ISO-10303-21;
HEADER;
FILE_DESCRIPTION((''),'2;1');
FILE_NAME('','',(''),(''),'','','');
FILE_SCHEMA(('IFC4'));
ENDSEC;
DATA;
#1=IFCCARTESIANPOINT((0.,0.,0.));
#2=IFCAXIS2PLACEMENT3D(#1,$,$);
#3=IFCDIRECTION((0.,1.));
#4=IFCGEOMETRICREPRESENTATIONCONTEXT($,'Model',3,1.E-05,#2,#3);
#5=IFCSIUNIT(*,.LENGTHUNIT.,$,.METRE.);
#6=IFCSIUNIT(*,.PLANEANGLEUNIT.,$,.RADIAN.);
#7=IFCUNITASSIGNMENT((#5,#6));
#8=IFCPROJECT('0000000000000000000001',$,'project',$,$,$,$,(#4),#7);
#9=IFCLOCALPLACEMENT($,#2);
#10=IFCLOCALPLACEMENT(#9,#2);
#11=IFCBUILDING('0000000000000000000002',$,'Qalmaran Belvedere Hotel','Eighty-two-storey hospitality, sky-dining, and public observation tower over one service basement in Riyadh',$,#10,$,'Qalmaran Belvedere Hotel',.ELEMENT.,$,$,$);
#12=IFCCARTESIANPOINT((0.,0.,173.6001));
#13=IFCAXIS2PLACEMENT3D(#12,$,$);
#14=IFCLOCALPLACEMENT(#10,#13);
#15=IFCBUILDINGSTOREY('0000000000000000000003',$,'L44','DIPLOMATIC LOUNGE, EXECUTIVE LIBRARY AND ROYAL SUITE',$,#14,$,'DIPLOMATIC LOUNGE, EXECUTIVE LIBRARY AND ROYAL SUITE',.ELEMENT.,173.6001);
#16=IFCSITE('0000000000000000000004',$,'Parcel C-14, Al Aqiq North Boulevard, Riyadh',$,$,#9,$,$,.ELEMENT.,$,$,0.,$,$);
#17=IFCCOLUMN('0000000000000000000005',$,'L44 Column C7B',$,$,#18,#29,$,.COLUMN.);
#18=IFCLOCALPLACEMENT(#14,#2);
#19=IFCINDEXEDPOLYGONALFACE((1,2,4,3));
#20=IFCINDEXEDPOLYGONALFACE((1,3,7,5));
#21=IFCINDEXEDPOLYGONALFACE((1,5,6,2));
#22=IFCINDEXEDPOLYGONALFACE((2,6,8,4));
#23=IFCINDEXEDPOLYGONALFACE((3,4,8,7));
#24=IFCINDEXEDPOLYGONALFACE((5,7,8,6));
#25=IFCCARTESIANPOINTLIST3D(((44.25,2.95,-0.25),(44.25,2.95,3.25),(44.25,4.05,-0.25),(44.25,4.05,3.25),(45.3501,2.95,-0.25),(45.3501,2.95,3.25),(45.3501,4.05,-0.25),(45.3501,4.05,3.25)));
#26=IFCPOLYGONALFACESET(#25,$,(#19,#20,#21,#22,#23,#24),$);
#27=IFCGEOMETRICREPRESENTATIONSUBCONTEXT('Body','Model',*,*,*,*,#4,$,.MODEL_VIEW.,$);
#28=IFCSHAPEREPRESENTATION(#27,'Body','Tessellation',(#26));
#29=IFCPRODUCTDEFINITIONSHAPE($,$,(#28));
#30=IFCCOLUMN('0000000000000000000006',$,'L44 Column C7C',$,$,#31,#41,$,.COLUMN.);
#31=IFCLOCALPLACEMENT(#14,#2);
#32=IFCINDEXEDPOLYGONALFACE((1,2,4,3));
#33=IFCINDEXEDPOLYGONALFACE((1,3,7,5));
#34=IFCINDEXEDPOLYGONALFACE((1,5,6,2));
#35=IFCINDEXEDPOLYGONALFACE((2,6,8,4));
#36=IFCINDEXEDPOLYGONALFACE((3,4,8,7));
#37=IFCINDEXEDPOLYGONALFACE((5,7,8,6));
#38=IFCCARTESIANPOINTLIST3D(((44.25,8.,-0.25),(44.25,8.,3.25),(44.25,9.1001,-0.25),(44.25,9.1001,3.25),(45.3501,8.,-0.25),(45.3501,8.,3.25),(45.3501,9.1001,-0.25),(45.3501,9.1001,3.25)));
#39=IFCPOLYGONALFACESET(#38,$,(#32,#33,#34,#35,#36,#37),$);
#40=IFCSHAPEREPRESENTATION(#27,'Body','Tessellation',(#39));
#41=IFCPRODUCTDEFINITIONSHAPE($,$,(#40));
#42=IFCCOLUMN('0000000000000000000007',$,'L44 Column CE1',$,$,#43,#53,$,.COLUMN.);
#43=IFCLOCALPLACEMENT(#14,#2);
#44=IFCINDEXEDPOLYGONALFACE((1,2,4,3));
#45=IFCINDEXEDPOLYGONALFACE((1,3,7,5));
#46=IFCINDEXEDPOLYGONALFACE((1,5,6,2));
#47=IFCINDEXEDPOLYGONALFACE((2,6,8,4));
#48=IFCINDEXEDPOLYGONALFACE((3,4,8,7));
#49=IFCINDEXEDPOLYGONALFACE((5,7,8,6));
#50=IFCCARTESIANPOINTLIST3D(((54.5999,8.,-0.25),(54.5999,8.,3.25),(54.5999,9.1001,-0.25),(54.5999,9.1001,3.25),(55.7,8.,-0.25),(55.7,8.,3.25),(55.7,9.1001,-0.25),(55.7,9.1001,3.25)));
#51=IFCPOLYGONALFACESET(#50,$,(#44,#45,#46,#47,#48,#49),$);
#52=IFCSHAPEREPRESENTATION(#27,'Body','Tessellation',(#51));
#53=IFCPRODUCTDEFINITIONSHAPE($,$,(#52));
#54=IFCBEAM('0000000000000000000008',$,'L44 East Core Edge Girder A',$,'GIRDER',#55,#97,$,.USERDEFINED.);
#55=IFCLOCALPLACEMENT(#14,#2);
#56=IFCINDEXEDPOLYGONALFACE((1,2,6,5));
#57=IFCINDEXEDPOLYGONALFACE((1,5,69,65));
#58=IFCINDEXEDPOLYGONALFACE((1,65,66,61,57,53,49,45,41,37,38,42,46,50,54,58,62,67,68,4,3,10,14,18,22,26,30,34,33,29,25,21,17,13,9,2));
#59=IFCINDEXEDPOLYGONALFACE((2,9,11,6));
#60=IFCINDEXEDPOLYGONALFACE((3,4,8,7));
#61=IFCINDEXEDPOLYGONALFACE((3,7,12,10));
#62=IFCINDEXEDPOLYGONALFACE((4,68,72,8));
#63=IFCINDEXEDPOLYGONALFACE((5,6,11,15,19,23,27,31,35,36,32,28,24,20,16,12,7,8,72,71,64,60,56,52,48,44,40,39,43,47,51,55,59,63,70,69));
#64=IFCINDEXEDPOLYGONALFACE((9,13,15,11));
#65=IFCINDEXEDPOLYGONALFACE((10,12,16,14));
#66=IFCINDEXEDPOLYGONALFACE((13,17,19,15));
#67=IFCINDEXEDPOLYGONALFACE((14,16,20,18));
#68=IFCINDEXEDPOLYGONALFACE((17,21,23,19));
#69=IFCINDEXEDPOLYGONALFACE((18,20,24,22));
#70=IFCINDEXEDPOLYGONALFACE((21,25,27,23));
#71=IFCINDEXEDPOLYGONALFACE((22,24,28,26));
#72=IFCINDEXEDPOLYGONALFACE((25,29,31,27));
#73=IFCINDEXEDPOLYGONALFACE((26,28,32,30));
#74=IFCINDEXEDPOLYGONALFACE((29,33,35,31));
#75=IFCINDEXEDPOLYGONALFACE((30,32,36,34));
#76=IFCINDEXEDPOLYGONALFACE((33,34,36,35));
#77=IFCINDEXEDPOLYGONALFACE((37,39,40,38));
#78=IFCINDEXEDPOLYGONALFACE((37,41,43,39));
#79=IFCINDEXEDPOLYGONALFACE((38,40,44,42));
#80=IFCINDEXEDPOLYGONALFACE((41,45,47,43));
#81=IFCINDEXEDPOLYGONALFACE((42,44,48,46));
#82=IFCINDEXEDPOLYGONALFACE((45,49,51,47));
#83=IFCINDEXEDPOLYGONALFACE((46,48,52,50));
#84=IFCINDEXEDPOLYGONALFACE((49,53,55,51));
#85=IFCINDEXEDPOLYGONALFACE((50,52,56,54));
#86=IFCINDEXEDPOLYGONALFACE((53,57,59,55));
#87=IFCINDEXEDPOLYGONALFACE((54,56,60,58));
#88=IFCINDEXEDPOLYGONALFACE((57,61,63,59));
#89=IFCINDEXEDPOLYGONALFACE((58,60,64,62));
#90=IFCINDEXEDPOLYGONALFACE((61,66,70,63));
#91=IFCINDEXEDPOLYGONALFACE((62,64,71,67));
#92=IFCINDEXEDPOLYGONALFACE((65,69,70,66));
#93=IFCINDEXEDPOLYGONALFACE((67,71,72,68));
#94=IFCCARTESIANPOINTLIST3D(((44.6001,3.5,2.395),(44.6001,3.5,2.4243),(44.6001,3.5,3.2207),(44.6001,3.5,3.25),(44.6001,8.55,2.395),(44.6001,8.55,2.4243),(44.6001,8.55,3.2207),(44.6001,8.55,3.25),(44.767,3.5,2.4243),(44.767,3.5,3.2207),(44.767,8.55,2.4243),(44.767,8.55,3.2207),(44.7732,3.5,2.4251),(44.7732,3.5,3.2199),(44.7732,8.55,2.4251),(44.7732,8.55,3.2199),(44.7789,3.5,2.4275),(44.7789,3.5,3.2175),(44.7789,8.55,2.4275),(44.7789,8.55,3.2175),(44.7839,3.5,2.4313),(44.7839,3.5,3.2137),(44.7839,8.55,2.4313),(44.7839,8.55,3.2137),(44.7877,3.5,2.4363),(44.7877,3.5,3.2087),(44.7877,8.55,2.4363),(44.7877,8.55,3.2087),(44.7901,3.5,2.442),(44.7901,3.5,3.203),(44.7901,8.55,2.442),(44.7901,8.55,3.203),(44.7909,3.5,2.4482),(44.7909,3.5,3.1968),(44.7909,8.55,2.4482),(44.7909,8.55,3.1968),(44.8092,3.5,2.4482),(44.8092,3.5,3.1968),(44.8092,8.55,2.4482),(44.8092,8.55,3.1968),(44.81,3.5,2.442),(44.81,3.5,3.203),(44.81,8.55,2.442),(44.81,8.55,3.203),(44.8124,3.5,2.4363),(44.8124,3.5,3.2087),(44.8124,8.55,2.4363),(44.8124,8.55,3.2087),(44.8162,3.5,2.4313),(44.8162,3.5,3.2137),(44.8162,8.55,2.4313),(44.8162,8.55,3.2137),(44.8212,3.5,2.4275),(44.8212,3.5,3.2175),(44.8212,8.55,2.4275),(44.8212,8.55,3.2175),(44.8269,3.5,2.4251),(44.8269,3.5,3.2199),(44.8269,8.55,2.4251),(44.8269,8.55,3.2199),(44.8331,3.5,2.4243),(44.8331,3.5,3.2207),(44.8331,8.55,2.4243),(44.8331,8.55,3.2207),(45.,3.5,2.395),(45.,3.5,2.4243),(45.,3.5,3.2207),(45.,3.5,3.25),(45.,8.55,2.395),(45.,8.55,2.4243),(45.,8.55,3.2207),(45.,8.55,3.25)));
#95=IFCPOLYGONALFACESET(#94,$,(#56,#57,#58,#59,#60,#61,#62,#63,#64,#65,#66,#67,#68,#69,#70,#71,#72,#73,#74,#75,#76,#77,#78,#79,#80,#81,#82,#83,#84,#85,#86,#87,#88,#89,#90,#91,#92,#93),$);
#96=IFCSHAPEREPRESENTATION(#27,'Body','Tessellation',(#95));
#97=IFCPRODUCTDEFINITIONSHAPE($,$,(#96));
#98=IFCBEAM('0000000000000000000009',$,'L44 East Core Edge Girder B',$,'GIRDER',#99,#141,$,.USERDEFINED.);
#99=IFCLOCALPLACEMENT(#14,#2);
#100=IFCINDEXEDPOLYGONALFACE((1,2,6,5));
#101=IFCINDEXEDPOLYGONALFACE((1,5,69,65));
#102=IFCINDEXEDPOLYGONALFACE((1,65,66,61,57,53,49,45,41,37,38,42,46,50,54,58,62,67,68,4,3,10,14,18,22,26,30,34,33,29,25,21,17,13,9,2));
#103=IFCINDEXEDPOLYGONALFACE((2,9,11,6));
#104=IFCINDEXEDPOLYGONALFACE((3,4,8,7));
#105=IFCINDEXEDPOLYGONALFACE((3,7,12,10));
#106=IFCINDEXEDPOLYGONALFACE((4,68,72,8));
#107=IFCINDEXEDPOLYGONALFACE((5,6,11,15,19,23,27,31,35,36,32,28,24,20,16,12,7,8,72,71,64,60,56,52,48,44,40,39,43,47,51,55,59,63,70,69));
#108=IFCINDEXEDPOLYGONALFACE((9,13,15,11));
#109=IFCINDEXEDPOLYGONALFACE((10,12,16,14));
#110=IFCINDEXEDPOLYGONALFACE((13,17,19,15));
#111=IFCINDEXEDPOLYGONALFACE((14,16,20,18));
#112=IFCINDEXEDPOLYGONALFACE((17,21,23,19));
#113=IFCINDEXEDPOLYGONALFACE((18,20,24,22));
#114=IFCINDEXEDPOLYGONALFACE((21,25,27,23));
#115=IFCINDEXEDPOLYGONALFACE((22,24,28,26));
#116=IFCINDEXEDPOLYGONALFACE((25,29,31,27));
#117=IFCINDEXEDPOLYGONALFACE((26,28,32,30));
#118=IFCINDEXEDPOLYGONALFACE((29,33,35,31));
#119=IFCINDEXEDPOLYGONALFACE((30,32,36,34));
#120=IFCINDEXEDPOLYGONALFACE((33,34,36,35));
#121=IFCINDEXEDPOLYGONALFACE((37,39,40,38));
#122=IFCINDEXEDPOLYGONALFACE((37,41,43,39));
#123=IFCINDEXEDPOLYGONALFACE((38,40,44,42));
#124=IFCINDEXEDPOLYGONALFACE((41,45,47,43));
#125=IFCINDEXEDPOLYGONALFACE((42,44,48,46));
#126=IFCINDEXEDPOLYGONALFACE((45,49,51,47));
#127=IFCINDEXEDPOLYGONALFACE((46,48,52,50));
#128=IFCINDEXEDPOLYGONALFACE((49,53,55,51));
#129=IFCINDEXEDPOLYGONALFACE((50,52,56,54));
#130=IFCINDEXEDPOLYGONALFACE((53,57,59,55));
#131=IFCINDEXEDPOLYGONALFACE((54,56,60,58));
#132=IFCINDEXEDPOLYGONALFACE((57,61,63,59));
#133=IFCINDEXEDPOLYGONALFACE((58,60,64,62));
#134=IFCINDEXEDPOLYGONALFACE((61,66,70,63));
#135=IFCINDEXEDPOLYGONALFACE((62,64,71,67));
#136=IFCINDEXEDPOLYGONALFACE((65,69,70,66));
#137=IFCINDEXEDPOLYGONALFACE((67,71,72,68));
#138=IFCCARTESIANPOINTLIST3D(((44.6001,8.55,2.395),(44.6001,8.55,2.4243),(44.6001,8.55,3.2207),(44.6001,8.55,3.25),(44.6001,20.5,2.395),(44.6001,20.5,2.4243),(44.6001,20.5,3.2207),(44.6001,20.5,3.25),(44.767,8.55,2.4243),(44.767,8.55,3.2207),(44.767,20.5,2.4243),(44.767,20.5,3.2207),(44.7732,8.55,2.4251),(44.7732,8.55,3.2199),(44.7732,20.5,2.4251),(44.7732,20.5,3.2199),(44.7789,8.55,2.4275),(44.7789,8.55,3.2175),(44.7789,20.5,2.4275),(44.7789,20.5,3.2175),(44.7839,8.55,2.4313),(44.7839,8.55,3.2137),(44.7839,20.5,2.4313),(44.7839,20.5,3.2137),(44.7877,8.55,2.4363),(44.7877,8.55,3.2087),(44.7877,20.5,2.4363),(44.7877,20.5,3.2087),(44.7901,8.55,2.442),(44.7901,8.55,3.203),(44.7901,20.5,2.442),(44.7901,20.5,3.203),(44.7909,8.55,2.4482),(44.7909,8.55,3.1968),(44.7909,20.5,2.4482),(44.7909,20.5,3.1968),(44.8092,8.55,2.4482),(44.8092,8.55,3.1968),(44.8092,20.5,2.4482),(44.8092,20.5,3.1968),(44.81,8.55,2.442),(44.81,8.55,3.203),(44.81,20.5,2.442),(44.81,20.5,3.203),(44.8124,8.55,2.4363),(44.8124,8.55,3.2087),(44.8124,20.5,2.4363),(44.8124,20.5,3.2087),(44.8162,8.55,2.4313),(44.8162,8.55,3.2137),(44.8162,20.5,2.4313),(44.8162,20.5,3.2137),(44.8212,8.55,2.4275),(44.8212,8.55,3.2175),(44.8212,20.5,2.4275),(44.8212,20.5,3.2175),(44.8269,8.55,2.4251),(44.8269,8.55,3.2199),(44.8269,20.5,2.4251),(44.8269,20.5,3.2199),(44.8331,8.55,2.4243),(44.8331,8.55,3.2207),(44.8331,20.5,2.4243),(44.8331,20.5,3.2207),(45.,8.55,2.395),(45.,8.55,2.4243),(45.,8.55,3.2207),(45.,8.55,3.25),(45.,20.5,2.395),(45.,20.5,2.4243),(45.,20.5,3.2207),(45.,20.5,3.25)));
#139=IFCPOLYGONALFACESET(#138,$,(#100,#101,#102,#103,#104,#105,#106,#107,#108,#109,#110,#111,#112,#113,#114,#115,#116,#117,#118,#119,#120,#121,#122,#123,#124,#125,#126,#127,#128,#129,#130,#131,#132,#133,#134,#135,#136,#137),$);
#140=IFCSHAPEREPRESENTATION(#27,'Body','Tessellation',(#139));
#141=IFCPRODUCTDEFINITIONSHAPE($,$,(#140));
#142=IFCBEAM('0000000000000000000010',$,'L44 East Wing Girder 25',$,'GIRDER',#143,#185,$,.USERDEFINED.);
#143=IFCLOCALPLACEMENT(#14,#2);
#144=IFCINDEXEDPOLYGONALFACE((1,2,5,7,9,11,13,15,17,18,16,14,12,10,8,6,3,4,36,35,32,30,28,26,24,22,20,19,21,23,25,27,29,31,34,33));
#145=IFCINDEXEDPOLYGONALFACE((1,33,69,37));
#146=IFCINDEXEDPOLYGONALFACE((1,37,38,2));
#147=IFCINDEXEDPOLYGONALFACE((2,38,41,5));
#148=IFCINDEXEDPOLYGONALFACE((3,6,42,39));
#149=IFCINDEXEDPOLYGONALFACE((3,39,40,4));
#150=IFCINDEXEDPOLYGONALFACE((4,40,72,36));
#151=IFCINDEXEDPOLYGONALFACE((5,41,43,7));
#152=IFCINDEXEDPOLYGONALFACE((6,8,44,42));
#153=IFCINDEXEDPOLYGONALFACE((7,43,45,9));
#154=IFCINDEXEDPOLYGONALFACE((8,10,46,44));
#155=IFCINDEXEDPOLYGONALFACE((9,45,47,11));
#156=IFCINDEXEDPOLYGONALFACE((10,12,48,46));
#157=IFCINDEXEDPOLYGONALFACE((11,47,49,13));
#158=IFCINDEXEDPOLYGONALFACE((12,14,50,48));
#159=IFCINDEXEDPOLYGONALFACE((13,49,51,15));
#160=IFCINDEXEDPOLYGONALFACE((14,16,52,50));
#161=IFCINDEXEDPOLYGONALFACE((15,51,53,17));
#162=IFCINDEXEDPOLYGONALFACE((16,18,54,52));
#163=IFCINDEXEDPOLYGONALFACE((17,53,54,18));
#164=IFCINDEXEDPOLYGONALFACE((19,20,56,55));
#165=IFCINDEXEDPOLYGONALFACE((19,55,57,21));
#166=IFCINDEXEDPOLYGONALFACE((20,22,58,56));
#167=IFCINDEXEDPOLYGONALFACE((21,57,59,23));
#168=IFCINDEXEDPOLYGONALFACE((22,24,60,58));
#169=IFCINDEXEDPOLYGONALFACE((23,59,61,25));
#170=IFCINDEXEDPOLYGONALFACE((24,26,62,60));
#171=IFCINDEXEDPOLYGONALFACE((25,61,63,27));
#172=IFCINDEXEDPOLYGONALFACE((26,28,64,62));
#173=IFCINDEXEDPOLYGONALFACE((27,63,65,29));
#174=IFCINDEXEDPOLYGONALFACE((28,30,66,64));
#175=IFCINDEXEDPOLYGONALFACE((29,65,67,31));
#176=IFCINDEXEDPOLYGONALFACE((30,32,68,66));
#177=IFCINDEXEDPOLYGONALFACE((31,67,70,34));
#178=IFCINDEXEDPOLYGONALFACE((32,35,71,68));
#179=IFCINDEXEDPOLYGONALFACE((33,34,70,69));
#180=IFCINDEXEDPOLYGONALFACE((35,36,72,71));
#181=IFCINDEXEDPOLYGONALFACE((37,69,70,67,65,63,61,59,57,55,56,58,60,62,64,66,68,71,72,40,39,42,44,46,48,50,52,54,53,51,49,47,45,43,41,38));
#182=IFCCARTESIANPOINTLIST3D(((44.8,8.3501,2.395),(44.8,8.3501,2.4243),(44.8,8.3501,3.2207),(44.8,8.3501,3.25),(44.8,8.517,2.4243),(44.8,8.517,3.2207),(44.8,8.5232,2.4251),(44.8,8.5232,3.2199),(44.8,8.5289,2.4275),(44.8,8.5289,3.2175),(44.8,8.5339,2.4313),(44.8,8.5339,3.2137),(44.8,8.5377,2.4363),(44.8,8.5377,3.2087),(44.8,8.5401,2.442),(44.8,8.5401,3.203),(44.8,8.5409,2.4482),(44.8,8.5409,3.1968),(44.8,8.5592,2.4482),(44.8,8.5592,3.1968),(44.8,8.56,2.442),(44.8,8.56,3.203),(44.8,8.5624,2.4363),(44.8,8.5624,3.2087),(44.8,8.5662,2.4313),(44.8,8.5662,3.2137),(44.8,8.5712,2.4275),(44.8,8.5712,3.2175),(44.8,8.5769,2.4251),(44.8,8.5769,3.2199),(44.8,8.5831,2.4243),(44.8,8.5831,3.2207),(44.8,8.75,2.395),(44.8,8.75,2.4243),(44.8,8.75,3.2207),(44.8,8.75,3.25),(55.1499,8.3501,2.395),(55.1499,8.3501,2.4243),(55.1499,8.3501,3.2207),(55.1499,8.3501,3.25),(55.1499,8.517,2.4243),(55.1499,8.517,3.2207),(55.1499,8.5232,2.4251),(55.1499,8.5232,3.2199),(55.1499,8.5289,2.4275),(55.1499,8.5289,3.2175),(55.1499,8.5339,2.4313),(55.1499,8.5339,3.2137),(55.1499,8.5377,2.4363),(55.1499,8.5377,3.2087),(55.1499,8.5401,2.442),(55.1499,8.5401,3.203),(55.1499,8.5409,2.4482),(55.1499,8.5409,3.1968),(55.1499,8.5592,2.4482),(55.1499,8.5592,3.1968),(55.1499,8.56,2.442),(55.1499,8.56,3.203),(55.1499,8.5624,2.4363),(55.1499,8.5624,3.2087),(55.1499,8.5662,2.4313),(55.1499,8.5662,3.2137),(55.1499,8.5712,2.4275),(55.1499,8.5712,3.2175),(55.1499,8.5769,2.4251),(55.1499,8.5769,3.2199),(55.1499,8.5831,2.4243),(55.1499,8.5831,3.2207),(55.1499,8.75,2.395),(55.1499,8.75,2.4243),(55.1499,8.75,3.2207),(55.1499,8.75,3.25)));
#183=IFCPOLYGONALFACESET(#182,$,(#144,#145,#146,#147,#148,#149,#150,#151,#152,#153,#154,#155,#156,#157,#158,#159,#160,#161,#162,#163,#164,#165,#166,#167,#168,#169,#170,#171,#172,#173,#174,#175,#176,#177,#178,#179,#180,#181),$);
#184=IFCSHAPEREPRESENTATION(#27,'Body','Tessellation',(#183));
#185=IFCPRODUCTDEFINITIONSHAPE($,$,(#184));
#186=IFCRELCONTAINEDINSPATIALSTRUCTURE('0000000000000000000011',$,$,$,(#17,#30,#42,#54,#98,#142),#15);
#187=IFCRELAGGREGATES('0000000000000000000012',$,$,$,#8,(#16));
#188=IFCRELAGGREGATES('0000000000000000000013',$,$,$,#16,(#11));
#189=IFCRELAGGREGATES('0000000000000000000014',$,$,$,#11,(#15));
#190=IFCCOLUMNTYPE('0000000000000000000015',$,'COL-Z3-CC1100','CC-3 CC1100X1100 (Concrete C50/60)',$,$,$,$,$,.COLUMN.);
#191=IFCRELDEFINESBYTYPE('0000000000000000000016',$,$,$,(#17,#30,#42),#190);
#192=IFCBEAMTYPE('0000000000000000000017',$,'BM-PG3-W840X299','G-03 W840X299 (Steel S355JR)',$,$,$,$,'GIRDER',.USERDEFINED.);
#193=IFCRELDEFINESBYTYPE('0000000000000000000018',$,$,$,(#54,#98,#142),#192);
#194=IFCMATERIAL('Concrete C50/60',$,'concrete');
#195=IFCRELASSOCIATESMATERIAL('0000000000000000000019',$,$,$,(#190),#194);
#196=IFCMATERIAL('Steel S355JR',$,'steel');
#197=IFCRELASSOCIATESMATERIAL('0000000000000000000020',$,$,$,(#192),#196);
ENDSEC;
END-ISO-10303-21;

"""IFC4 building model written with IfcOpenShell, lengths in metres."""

from ifc_helpers import new_model, si_unit, direction, frame, origin, origin_2d, place, context, subcontext, project, spatial, rectangle, i_section, extrude, material, material_profile, profile_set, type_object, element, save


model = new_model("IFC4")

# Units and contexts
model_context = context("Model", 3, precision=1e-05, world=origin(), true_north=direction((0.0, 1.0)))
body_context = subcontext(model_context, "Body", "Model", "MODEL_VIEW")
ifc_project = project(units=[si_unit("LENGTHUNIT", "METRE"), si_unit("PLANEANGLEUNIT", "RADIAN")], contexts=[model_context])

# Site, building, storey
site_placement = place(None, origin())
site = spatial("IfcSite", under=ifc_project, at=site_placement, Name="Parcel C-14, Al Aqiq North Boulevard, Riyadh", CompositionType="ELEMENT", RefElevation=0.0)
building_placement = place(site_placement, origin())
building = spatial("IfcBuilding", under=site, at=building_placement, Name="Qalmaran Belvedere Hotel", Description="Eighty-two-storey hospitality, sky-dining, and public observation tower over one service basement in Riyadh", LongName="Qalmaran Belvedere Hotel", CompositionType="ELEMENT")
storey_placement = place(building_placement, frame((0.0, 0.0, 173.6001)))
storey = spatial("IfcBuildingStorey", under=building, at=storey_placement, Name="L44", Description="DIPLOMATIC LOUNGE, EXECUTIVE LIBRARY AND ROYAL SUITE", LongName="DIPLOMATIC LOUNGE, EXECUTIVE LIBRARY AND ROYAL SUITE", CompositionType="ELEMENT", Elevation=173.6001)

# Columns
ifc_material_1 = material(Name="Concrete C50/60", Category="concrete")
ifc_material_profile_1 = material_profile(ifc_material_1, rectangle(XDim=1.1001, YDim=1.1001, at=origin_2d()), Name="CC1100X1100")
ifc_profile_set_1 = profile_set([ifc_material_profile_1], Name="Concrete C50/60")
column_type = type_object("IfcColumnType", Name="COL-Z3-CC1100", Description="CC-3 CC1100X1100 (Concrete C50/60)", PredefinedType="COLUMN", material=ifc_profile_set_1)
for number, where, z_axis, x_axis, name in (
    (1, (44.8, 3.5, -0.25), (0.0, 0.0, 1.0), (1.0, 0.0, 0.0), "L44 Column C7B"),
    (2, (44.8, 8.55, -0.25), (0.0, 0.0, 1.0), (1.0, 0.0, 0.0), "L44 Column C7C"),
    (3, (55.1499, 8.55, -0.25), (0.0, 0.0, 1.0), (1.0, 0.0, 0.0), "L44 Column CE1"),
):
    element("IfcColumn", number, at=place(storey_placement, frame(where, z_axis=z_axis, x_axis=x_axis)), inside=storey, type_object=column_type, Name=name, PredefinedType="COLUMN", context=body_context, shape_type="SweptSolid", body=[
        extrude(rectangle(XDim=1.1001, YDim=1.1001, at=origin_2d()), origin(), (0.0, 0.0, 1.0), 3.5),
    ])

# Beams
ifc_material_2 = material(Name="Steel S355JR", Category="steel")
ifc_material_profile_2 = material_profile(ifc_material_2, i_section(OverallWidth=0.3999, OverallDepth=0.855, WebThickness=0.0183, FlangeThickness=0.0293, FilletRadius=0.0239, at=origin_2d()), Name="W840X299")
ifc_profile_set_2 = profile_set([ifc_material_profile_2], Name="Steel S355JR")
beam_type_1 = type_object("IfcBeamType", Name="BM-PG3-W840X299", Description="G-03 W840X299 (Steel S355JR)", ElementType="GIRDER", PredefinedType="USERDEFINED", material=ifc_profile_set_2)
beam_1_placement = place(storey_placement, frame((44.8, 3.5, 2.8225), z_axis=(0.0, 1.0, 0.0), x_axis=(-1.0, 0.0, 0.0)))
element("IfcBeam", 4, at=beam_1_placement, inside=storey, type_object=beam_type_1, Name="L44 East Core Edge Girder A", ObjectType="GIRDER", PredefinedType="USERDEFINED", context=body_context, shape_type="SweptSolid", body=[
    extrude(i_section(OverallWidth=0.3999, OverallDepth=0.855, WebThickness=0.0183, FlangeThickness=0.0293, FilletRadius=0.0239, at=origin_2d()), origin(), (0.0, 0.0, 1.0), 5.05),
])
beam_2_placement = place(storey_placement, frame((44.8, 8.55, 2.8225), z_axis=(0.0, 1.0, 0.0), x_axis=(-1.0, 0.0, 0.0)))
element("IfcBeam", 5, at=beam_2_placement, inside=storey, type_object=beam_type_1, Name="L44 East Core Edge Girder B", ObjectType="GIRDER", PredefinedType="USERDEFINED", context=body_context, shape_type="SweptSolid", body=[
    extrude(i_section(OverallWidth=0.3999, OverallDepth=0.855, WebThickness=0.0183, FlangeThickness=0.0293, FilletRadius=0.0239, at=origin_2d()), origin(), (0.0, 0.0, 1.0), 11.95),
])
beam_3_placement = place(storey_placement, frame((44.8, 8.55, 2.8225), z_axis=(1.0, 0.0, 0.0), x_axis=(0.0, 1.0, 0.0)))
element("IfcBeam", 6, at=beam_3_placement, inside=storey, type_object=beam_type_1, Name="L44 East Wing Girder 25", ObjectType="GIRDER", PredefinedType="USERDEFINED", context=body_context, shape_type="SweptSolid", body=[
    extrude(i_section(OverallWidth=0.3999, OverallDepth=0.855, WebThickness=0.0183, FlangeThickness=0.0293, FilletRadius=0.0239, at=origin_2d()), origin(), (0.0, 0.0, 1.0), 10.3499),
])

save(model, "model.ifc")
